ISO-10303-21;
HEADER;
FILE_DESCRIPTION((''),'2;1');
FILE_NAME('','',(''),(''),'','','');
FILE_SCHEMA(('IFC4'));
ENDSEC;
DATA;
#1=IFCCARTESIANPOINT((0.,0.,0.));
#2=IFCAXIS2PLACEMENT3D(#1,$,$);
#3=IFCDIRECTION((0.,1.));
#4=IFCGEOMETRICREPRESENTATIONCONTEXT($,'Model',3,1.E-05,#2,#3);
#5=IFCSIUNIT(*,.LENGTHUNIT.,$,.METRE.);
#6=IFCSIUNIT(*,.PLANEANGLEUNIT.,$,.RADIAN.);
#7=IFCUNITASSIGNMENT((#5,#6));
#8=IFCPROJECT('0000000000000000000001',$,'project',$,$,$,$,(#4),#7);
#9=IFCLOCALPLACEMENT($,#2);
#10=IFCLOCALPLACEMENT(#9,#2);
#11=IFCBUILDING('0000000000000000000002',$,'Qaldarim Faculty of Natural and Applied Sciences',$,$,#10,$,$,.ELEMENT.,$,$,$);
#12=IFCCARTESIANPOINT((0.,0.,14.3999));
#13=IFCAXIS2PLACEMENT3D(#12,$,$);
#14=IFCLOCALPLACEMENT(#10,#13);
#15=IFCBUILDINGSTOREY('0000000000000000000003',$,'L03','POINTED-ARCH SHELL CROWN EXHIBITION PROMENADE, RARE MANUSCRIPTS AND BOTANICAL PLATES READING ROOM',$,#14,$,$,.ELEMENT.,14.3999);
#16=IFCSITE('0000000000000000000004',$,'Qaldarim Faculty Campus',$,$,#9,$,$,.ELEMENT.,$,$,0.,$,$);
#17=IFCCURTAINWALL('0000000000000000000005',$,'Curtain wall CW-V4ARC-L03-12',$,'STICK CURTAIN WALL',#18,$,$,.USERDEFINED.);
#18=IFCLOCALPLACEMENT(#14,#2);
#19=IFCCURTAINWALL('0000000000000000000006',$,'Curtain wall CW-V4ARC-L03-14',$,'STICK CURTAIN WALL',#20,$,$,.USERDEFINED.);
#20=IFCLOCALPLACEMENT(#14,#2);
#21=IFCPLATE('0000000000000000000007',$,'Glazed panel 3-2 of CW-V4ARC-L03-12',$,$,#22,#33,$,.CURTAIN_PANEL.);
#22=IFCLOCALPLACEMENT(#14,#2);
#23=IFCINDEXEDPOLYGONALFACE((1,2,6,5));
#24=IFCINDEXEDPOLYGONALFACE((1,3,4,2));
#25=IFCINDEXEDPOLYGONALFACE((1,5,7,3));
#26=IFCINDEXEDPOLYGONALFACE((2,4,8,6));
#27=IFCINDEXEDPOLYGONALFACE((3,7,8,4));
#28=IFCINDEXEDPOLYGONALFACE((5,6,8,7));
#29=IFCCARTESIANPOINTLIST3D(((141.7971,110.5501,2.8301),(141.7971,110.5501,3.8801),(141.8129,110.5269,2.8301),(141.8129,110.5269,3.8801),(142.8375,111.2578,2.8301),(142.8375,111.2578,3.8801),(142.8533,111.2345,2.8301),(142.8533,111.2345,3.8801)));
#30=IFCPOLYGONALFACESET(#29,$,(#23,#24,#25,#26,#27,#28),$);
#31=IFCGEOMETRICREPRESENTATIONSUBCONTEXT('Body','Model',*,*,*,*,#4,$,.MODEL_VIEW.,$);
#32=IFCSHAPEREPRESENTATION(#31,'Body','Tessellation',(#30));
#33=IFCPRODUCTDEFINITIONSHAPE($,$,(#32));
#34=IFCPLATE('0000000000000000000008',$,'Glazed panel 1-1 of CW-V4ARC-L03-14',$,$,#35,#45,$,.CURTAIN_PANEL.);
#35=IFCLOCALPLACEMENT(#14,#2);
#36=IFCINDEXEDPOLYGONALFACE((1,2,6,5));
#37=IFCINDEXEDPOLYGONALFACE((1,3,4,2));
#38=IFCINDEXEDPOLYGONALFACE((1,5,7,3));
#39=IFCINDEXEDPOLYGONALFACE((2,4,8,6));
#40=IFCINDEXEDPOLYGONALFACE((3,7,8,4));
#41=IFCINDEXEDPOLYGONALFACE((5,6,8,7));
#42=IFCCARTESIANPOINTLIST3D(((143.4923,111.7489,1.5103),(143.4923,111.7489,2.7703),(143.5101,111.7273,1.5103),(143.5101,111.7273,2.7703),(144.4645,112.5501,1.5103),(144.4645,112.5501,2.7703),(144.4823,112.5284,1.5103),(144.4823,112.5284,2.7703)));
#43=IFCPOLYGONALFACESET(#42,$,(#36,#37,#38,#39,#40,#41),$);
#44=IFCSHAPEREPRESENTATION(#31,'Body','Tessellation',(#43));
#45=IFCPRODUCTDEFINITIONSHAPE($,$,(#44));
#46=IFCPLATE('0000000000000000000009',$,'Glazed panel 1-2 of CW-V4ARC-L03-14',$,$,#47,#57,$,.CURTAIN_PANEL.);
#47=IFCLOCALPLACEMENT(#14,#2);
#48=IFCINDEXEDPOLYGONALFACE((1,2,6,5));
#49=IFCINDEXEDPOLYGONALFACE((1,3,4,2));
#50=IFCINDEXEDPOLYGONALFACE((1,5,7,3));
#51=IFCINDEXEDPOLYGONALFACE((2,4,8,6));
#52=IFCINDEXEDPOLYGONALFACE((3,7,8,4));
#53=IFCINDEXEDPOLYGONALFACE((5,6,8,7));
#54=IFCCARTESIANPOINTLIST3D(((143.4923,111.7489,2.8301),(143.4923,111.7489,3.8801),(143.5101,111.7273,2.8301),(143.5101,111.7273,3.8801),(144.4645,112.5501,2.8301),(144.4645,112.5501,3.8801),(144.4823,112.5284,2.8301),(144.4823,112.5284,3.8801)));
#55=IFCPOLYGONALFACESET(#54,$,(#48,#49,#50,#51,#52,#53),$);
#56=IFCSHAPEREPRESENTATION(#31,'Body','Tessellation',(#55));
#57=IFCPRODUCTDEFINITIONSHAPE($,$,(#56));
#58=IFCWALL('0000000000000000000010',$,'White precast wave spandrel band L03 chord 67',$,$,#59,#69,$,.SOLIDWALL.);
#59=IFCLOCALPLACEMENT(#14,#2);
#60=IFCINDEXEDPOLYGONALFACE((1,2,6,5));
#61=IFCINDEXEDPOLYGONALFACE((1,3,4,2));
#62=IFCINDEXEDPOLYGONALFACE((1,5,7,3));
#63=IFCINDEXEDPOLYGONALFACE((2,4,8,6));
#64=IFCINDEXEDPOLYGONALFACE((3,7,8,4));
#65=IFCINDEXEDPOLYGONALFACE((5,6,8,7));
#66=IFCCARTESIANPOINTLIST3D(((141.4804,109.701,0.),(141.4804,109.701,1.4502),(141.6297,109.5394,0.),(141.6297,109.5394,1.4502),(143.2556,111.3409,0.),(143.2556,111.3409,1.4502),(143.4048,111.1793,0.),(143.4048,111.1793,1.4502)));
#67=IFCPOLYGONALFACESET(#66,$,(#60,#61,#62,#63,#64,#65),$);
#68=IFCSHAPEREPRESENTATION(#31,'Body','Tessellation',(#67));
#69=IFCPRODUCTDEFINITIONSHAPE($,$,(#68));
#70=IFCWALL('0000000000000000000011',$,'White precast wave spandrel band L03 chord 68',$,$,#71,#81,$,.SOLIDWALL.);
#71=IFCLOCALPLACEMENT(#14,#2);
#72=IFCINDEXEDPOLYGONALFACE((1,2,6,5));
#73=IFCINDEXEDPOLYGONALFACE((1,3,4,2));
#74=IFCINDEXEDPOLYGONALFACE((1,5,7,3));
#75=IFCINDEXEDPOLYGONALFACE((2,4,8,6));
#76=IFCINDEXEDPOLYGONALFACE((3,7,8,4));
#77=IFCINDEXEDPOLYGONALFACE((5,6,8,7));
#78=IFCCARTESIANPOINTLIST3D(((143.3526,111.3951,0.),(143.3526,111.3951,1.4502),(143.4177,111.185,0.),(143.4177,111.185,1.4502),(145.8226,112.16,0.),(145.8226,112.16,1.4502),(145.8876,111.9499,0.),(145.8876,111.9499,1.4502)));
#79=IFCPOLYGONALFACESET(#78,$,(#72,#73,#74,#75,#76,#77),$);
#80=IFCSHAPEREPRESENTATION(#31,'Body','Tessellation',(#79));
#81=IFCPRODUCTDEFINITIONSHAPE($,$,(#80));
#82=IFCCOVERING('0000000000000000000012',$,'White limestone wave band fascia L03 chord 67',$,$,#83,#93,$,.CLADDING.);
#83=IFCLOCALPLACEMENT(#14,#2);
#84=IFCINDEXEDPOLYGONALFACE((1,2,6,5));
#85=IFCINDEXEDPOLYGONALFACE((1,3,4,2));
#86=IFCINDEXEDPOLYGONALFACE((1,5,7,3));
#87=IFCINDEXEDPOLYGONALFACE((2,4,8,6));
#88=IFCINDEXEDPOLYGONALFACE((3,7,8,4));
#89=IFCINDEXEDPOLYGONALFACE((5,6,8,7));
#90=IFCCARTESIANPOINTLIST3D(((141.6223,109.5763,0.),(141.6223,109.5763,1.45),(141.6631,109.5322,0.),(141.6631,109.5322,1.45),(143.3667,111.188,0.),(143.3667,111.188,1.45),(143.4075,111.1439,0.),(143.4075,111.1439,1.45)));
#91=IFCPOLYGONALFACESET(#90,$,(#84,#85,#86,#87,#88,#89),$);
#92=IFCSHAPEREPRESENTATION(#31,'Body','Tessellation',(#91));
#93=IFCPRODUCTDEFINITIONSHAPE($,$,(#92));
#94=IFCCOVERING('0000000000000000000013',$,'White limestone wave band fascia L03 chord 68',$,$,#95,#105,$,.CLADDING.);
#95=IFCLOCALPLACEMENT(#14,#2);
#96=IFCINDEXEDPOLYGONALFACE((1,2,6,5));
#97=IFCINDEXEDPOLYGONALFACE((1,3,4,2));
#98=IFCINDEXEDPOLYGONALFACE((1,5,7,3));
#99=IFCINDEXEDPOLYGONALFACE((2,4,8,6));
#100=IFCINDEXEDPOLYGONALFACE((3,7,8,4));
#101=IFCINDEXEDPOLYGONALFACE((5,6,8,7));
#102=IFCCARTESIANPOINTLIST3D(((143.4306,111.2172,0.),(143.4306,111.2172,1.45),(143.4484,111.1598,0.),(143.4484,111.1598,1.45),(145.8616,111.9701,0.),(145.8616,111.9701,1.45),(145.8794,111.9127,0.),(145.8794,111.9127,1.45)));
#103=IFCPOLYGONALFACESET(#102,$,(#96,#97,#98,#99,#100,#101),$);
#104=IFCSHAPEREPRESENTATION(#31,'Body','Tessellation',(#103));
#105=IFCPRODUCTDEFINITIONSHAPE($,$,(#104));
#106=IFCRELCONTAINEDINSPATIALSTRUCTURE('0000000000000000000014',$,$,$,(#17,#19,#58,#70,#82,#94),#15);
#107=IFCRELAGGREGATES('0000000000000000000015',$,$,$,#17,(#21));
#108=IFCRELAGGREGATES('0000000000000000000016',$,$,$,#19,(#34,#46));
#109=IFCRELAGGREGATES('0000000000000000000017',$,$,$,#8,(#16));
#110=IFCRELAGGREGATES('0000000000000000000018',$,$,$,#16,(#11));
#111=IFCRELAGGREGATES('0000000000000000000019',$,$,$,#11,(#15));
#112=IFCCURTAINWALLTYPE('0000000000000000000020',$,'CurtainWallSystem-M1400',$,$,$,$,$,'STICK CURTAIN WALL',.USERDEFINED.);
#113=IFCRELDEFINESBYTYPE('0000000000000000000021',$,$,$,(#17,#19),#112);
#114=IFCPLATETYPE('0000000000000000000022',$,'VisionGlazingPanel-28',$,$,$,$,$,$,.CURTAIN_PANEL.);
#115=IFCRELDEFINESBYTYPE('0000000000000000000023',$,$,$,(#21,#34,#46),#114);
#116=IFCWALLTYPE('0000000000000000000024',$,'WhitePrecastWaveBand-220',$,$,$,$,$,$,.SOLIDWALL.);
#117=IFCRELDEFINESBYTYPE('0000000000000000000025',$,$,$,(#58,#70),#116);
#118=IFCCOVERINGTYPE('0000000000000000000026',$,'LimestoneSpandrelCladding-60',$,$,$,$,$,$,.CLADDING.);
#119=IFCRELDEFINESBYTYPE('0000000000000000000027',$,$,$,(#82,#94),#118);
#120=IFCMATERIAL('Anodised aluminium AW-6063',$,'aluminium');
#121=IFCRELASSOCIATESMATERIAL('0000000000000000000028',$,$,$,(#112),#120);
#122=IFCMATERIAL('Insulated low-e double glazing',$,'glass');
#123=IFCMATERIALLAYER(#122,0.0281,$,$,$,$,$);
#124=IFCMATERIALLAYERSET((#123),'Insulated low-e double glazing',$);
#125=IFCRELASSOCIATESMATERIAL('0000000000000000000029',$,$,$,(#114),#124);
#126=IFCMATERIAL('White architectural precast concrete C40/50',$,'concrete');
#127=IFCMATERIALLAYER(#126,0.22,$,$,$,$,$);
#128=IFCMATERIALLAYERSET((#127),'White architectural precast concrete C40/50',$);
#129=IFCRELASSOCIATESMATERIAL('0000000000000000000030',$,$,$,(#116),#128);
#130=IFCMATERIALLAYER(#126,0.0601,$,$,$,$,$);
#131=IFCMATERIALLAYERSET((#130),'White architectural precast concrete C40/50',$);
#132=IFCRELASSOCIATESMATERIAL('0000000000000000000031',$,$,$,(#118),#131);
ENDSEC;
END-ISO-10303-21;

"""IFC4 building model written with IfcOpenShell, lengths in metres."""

from ifc_helpers import new_model, si_unit, direction, frame, frame_2d, origin, origin_2d, place, context, subcontext, project, spatial, rectangle, extrude, material, layer, layer_set, type_object, element, aggregate, save


model = new_model("IFC4")

# Units and contexts
model_context = context("Model", 3, precision=1e-05, world=origin(), true_north=direction((0.0, 1.0)))
body_context = subcontext(model_context, "Body", "Model", "MODEL_VIEW")
ifc_project = project(units=[si_unit("LENGTHUNIT", "METRE"), si_unit("PLANEANGLEUNIT", "RADIAN")], contexts=[model_context])

# Site, building, storey
site_placement = place(None, origin())
site = spatial("IfcSite", under=ifc_project, at=site_placement, Name="Qaldarim Faculty Campus", CompositionType="ELEMENT", RefElevation=0.0)
building_placement = place(site_placement, origin())
building = spatial("IfcBuilding", under=site, at=building_placement, Name="Qaldarim Faculty of Natural and Applied Sciences", CompositionType="ELEMENT")
storey_placement = place(building_placement, frame((0.0, 0.0, 14.3999)))
storey = spatial("IfcBuildingStorey", under=building, at=storey_placement, Name="L03", Description="POINTED-ARCH SHELL CROWN EXHIBITION PROMENADE, RARE MANUSCRIPTS AND BOTANICAL PLATES READING ROOM", CompositionType="ELEMENT", Elevation=14.3999)

# Curtain walls
ifc_material_1 = material(Name="Anodised aluminium AW-6063", Category="aluminium")
curtain_wall_type = type_object("IfcCurtainWallType", Name="CurtainWallSystem-M1400", ElementType="STICK CURTAIN WALL", PredefinedType="USERDEFINED", material=ifc_material_1)
curtain_wall_1_placement = place(storey_placement, origin())
curtain_wall_1 = element("IfcCurtainWall", 1, at=curtain_wall_1_placement, inside=storey, type_object=curtain_wall_type, Name="Curtain wall CW-V4ARC-L03-12", ObjectType="STICK CURTAIN WALL", PredefinedType="USERDEFINED")
curtain_wall_2_placement = place(storey_placement, origin())
curtain_wall_2 = element("IfcCurtainWall", 2, at=curtain_wall_2_placement, inside=storey, type_object=curtain_wall_type, Name="Curtain wall CW-V4ARC-L03-14", ObjectType="STICK CURTAIN WALL", PredefinedType="USERDEFINED")

# Plates
ifc_material_2 = material(Name="Insulated low-e double glazing", Category="glass")
ifc_layer_1 = layer(ifc_material_2, 0.0281)
ifc_layer_set_1 = layer_set([ifc_layer_1], Name="Insulated low-e double glazing")
plate_type = type_object("IfcPlateType", Name="VisionGlazingPanel-28", PredefinedType="CURTAIN_PANEL", material=ifc_layer_set_1)
plate_1_placement = place(storey_placement, frame((142.3252, 110.8923, 2.8301), z_axis=(0.0, 0.0, 1.0), x_axis=(0.826884, 0.562372, 0.0)))
plate_1 = element("IfcPlate", 3, at=plate_1_placement, type_object=plate_type, Name="Glazed panel 3-2 of CW-V4ARC-L03-12", PredefinedType="CURTAIN_PANEL", context=body_context, shape_type="SweptSolid", body=[
    extrude(rectangle(XDim=1.2583, YDim=0.0281, at=origin_2d()), origin(), (0.0, 0.0, 1.0), 1.05),
])
aggregate(curtain_wall_1, [plate_1])
plate_2_placement = place(storey_placement, frame((143.9873, 112.1387, 1.5103), z_axis=(0.0, 0.0, 1.0), x_axis=(0.771747, 0.63593, 0.0)))
plate_2 = element("IfcPlate", 4, at=plate_2_placement, type_object=plate_type, Name="Glazed panel 1-1 of CW-V4ARC-L03-14", PredefinedType="CURTAIN_PANEL", context=body_context, shape_type="SweptSolid", body=[
    extrude(rectangle(XDim=1.2598, YDim=0.0281, at=origin_2d()), origin(), (0.0, 0.0, 1.0), 1.26),
])
plate_3_placement = place(storey_placement, frame((143.9873, 112.1387, 2.8301), z_axis=(0.0, 0.0, 1.0), x_axis=(0.771747, 0.63593, 0.0)))
plate_3 = element("IfcPlate", 5, at=plate_3_placement, type_object=plate_type, Name="Glazed panel 1-2 of CW-V4ARC-L03-14", PredefinedType="CURTAIN_PANEL", context=body_context, shape_type="SweptSolid", body=[
    extrude(rectangle(XDim=1.2598, YDim=0.0281, at=origin_2d()), origin(), (0.0, 0.0, 1.0), 1.05),
])
aggregate(curtain_wall_2, [plate_2, plate_3])

# Walls
ifc_material_3 = material(Name="White architectural precast concrete C40/50", Category="concrete")
ifc_layer_2 = layer(ifc_material_3, 0.22)
ifc_layer_set_2 = layer_set([ifc_layer_2], Name="White architectural precast concrete C40/50")
wall_type = type_object("IfcWallType", Name="WhitePrecastWaveBand-220", PredefinedType="SOLIDWALL", material=ifc_layer_set_2)
wall_1_placement = place(storey_placement, frame((141.5549, 109.6201, 0.0), z_axis=(0.0, 0.0, 1.0), x_axis=(0.734536, 0.67857, 0.0)))
element("IfcWall", 6, at=wall_1_placement, inside=storey, type_object=wall_type, Name="White precast wave spandrel band L03 chord 67", PredefinedType="SOLIDWALL", context=body_context, shape_type="SweptSolid", body=[
    extrude(rectangle(XDim=2.4167, YDim=0.22, at=frame_2d((1.2085, 0.0))), origin(), (0.0, 0.0, 1.0), 1.4502),
])
wall_2_placement = place(storey_placement, frame((143.385, 111.29, 0.0), z_axis=(0.0, 0.0, 1.0), x_axis=(0.955245, 0.295817, 0.0)))
element("IfcWall", 7, at=wall_2_placement, inside=storey, type_object=wall_type, Name="White precast wave spandrel band L03 chord 68", PredefinedType="SOLIDWALL", context=body_context, shape_type="SweptSolid", body=[
    extrude(rectangle(XDim=2.5857, YDim=0.22, at=frame_2d((1.293, 0.0))), origin(), (0.0, 0.0, 1.0), 1.4502),
])

# Coverings
ifc_layer_3 = layer(ifc_material_3, 0.0601)
ifc_layer_set_3 = layer_set([ifc_layer_3], Name="White architectural precast concrete C40/50")
covering_type = type_object("IfcCoveringType", Name="LimestoneSpandrelCladding-60", PredefinedType="CLADDING", material=ifc_layer_set_3)
covering_1_placement = place(storey_placement, frame((142.5149, 110.3601, 0.0), z_axis=(0.0, 0.0, 1.0), x_axis=(0.734488, 0.678621, 0.0)))
element("IfcCovering", 8, at=covering_1_placement, inside=storey, type_object=covering_type, Name="White limestone wave band fascia L03 chord 67", PredefinedType="CLADDING", context=body_context, shape_type="SweptSolid", body=[
    extrude(rectangle(XDim=2.375, YDim=0.0601, at=origin_2d()), origin(), (0.0, 0.0, 1.0), 1.45),
])
covering_2_placement = place(storey_placement, frame((144.655, 111.5649, 0.0), z_axis=(0.0, 0.0, 1.0), x_axis=(0.955232, 0.295858, 0.0)))
element("IfcCovering", 9, at=covering_2_placement, inside=storey, type_object=covering_type, Name="White limestone wave band fascia L03 chord 68", PredefinedType="CLADDING", context=body_context, shape_type="SweptSolid", body=[
    extrude(rectangle(XDim=2.5449, YDim=0.0601, at=origin_2d()), origin(), (0.0, 0.0, 1.0), 1.45),
])

save(model, "model.ifc")
